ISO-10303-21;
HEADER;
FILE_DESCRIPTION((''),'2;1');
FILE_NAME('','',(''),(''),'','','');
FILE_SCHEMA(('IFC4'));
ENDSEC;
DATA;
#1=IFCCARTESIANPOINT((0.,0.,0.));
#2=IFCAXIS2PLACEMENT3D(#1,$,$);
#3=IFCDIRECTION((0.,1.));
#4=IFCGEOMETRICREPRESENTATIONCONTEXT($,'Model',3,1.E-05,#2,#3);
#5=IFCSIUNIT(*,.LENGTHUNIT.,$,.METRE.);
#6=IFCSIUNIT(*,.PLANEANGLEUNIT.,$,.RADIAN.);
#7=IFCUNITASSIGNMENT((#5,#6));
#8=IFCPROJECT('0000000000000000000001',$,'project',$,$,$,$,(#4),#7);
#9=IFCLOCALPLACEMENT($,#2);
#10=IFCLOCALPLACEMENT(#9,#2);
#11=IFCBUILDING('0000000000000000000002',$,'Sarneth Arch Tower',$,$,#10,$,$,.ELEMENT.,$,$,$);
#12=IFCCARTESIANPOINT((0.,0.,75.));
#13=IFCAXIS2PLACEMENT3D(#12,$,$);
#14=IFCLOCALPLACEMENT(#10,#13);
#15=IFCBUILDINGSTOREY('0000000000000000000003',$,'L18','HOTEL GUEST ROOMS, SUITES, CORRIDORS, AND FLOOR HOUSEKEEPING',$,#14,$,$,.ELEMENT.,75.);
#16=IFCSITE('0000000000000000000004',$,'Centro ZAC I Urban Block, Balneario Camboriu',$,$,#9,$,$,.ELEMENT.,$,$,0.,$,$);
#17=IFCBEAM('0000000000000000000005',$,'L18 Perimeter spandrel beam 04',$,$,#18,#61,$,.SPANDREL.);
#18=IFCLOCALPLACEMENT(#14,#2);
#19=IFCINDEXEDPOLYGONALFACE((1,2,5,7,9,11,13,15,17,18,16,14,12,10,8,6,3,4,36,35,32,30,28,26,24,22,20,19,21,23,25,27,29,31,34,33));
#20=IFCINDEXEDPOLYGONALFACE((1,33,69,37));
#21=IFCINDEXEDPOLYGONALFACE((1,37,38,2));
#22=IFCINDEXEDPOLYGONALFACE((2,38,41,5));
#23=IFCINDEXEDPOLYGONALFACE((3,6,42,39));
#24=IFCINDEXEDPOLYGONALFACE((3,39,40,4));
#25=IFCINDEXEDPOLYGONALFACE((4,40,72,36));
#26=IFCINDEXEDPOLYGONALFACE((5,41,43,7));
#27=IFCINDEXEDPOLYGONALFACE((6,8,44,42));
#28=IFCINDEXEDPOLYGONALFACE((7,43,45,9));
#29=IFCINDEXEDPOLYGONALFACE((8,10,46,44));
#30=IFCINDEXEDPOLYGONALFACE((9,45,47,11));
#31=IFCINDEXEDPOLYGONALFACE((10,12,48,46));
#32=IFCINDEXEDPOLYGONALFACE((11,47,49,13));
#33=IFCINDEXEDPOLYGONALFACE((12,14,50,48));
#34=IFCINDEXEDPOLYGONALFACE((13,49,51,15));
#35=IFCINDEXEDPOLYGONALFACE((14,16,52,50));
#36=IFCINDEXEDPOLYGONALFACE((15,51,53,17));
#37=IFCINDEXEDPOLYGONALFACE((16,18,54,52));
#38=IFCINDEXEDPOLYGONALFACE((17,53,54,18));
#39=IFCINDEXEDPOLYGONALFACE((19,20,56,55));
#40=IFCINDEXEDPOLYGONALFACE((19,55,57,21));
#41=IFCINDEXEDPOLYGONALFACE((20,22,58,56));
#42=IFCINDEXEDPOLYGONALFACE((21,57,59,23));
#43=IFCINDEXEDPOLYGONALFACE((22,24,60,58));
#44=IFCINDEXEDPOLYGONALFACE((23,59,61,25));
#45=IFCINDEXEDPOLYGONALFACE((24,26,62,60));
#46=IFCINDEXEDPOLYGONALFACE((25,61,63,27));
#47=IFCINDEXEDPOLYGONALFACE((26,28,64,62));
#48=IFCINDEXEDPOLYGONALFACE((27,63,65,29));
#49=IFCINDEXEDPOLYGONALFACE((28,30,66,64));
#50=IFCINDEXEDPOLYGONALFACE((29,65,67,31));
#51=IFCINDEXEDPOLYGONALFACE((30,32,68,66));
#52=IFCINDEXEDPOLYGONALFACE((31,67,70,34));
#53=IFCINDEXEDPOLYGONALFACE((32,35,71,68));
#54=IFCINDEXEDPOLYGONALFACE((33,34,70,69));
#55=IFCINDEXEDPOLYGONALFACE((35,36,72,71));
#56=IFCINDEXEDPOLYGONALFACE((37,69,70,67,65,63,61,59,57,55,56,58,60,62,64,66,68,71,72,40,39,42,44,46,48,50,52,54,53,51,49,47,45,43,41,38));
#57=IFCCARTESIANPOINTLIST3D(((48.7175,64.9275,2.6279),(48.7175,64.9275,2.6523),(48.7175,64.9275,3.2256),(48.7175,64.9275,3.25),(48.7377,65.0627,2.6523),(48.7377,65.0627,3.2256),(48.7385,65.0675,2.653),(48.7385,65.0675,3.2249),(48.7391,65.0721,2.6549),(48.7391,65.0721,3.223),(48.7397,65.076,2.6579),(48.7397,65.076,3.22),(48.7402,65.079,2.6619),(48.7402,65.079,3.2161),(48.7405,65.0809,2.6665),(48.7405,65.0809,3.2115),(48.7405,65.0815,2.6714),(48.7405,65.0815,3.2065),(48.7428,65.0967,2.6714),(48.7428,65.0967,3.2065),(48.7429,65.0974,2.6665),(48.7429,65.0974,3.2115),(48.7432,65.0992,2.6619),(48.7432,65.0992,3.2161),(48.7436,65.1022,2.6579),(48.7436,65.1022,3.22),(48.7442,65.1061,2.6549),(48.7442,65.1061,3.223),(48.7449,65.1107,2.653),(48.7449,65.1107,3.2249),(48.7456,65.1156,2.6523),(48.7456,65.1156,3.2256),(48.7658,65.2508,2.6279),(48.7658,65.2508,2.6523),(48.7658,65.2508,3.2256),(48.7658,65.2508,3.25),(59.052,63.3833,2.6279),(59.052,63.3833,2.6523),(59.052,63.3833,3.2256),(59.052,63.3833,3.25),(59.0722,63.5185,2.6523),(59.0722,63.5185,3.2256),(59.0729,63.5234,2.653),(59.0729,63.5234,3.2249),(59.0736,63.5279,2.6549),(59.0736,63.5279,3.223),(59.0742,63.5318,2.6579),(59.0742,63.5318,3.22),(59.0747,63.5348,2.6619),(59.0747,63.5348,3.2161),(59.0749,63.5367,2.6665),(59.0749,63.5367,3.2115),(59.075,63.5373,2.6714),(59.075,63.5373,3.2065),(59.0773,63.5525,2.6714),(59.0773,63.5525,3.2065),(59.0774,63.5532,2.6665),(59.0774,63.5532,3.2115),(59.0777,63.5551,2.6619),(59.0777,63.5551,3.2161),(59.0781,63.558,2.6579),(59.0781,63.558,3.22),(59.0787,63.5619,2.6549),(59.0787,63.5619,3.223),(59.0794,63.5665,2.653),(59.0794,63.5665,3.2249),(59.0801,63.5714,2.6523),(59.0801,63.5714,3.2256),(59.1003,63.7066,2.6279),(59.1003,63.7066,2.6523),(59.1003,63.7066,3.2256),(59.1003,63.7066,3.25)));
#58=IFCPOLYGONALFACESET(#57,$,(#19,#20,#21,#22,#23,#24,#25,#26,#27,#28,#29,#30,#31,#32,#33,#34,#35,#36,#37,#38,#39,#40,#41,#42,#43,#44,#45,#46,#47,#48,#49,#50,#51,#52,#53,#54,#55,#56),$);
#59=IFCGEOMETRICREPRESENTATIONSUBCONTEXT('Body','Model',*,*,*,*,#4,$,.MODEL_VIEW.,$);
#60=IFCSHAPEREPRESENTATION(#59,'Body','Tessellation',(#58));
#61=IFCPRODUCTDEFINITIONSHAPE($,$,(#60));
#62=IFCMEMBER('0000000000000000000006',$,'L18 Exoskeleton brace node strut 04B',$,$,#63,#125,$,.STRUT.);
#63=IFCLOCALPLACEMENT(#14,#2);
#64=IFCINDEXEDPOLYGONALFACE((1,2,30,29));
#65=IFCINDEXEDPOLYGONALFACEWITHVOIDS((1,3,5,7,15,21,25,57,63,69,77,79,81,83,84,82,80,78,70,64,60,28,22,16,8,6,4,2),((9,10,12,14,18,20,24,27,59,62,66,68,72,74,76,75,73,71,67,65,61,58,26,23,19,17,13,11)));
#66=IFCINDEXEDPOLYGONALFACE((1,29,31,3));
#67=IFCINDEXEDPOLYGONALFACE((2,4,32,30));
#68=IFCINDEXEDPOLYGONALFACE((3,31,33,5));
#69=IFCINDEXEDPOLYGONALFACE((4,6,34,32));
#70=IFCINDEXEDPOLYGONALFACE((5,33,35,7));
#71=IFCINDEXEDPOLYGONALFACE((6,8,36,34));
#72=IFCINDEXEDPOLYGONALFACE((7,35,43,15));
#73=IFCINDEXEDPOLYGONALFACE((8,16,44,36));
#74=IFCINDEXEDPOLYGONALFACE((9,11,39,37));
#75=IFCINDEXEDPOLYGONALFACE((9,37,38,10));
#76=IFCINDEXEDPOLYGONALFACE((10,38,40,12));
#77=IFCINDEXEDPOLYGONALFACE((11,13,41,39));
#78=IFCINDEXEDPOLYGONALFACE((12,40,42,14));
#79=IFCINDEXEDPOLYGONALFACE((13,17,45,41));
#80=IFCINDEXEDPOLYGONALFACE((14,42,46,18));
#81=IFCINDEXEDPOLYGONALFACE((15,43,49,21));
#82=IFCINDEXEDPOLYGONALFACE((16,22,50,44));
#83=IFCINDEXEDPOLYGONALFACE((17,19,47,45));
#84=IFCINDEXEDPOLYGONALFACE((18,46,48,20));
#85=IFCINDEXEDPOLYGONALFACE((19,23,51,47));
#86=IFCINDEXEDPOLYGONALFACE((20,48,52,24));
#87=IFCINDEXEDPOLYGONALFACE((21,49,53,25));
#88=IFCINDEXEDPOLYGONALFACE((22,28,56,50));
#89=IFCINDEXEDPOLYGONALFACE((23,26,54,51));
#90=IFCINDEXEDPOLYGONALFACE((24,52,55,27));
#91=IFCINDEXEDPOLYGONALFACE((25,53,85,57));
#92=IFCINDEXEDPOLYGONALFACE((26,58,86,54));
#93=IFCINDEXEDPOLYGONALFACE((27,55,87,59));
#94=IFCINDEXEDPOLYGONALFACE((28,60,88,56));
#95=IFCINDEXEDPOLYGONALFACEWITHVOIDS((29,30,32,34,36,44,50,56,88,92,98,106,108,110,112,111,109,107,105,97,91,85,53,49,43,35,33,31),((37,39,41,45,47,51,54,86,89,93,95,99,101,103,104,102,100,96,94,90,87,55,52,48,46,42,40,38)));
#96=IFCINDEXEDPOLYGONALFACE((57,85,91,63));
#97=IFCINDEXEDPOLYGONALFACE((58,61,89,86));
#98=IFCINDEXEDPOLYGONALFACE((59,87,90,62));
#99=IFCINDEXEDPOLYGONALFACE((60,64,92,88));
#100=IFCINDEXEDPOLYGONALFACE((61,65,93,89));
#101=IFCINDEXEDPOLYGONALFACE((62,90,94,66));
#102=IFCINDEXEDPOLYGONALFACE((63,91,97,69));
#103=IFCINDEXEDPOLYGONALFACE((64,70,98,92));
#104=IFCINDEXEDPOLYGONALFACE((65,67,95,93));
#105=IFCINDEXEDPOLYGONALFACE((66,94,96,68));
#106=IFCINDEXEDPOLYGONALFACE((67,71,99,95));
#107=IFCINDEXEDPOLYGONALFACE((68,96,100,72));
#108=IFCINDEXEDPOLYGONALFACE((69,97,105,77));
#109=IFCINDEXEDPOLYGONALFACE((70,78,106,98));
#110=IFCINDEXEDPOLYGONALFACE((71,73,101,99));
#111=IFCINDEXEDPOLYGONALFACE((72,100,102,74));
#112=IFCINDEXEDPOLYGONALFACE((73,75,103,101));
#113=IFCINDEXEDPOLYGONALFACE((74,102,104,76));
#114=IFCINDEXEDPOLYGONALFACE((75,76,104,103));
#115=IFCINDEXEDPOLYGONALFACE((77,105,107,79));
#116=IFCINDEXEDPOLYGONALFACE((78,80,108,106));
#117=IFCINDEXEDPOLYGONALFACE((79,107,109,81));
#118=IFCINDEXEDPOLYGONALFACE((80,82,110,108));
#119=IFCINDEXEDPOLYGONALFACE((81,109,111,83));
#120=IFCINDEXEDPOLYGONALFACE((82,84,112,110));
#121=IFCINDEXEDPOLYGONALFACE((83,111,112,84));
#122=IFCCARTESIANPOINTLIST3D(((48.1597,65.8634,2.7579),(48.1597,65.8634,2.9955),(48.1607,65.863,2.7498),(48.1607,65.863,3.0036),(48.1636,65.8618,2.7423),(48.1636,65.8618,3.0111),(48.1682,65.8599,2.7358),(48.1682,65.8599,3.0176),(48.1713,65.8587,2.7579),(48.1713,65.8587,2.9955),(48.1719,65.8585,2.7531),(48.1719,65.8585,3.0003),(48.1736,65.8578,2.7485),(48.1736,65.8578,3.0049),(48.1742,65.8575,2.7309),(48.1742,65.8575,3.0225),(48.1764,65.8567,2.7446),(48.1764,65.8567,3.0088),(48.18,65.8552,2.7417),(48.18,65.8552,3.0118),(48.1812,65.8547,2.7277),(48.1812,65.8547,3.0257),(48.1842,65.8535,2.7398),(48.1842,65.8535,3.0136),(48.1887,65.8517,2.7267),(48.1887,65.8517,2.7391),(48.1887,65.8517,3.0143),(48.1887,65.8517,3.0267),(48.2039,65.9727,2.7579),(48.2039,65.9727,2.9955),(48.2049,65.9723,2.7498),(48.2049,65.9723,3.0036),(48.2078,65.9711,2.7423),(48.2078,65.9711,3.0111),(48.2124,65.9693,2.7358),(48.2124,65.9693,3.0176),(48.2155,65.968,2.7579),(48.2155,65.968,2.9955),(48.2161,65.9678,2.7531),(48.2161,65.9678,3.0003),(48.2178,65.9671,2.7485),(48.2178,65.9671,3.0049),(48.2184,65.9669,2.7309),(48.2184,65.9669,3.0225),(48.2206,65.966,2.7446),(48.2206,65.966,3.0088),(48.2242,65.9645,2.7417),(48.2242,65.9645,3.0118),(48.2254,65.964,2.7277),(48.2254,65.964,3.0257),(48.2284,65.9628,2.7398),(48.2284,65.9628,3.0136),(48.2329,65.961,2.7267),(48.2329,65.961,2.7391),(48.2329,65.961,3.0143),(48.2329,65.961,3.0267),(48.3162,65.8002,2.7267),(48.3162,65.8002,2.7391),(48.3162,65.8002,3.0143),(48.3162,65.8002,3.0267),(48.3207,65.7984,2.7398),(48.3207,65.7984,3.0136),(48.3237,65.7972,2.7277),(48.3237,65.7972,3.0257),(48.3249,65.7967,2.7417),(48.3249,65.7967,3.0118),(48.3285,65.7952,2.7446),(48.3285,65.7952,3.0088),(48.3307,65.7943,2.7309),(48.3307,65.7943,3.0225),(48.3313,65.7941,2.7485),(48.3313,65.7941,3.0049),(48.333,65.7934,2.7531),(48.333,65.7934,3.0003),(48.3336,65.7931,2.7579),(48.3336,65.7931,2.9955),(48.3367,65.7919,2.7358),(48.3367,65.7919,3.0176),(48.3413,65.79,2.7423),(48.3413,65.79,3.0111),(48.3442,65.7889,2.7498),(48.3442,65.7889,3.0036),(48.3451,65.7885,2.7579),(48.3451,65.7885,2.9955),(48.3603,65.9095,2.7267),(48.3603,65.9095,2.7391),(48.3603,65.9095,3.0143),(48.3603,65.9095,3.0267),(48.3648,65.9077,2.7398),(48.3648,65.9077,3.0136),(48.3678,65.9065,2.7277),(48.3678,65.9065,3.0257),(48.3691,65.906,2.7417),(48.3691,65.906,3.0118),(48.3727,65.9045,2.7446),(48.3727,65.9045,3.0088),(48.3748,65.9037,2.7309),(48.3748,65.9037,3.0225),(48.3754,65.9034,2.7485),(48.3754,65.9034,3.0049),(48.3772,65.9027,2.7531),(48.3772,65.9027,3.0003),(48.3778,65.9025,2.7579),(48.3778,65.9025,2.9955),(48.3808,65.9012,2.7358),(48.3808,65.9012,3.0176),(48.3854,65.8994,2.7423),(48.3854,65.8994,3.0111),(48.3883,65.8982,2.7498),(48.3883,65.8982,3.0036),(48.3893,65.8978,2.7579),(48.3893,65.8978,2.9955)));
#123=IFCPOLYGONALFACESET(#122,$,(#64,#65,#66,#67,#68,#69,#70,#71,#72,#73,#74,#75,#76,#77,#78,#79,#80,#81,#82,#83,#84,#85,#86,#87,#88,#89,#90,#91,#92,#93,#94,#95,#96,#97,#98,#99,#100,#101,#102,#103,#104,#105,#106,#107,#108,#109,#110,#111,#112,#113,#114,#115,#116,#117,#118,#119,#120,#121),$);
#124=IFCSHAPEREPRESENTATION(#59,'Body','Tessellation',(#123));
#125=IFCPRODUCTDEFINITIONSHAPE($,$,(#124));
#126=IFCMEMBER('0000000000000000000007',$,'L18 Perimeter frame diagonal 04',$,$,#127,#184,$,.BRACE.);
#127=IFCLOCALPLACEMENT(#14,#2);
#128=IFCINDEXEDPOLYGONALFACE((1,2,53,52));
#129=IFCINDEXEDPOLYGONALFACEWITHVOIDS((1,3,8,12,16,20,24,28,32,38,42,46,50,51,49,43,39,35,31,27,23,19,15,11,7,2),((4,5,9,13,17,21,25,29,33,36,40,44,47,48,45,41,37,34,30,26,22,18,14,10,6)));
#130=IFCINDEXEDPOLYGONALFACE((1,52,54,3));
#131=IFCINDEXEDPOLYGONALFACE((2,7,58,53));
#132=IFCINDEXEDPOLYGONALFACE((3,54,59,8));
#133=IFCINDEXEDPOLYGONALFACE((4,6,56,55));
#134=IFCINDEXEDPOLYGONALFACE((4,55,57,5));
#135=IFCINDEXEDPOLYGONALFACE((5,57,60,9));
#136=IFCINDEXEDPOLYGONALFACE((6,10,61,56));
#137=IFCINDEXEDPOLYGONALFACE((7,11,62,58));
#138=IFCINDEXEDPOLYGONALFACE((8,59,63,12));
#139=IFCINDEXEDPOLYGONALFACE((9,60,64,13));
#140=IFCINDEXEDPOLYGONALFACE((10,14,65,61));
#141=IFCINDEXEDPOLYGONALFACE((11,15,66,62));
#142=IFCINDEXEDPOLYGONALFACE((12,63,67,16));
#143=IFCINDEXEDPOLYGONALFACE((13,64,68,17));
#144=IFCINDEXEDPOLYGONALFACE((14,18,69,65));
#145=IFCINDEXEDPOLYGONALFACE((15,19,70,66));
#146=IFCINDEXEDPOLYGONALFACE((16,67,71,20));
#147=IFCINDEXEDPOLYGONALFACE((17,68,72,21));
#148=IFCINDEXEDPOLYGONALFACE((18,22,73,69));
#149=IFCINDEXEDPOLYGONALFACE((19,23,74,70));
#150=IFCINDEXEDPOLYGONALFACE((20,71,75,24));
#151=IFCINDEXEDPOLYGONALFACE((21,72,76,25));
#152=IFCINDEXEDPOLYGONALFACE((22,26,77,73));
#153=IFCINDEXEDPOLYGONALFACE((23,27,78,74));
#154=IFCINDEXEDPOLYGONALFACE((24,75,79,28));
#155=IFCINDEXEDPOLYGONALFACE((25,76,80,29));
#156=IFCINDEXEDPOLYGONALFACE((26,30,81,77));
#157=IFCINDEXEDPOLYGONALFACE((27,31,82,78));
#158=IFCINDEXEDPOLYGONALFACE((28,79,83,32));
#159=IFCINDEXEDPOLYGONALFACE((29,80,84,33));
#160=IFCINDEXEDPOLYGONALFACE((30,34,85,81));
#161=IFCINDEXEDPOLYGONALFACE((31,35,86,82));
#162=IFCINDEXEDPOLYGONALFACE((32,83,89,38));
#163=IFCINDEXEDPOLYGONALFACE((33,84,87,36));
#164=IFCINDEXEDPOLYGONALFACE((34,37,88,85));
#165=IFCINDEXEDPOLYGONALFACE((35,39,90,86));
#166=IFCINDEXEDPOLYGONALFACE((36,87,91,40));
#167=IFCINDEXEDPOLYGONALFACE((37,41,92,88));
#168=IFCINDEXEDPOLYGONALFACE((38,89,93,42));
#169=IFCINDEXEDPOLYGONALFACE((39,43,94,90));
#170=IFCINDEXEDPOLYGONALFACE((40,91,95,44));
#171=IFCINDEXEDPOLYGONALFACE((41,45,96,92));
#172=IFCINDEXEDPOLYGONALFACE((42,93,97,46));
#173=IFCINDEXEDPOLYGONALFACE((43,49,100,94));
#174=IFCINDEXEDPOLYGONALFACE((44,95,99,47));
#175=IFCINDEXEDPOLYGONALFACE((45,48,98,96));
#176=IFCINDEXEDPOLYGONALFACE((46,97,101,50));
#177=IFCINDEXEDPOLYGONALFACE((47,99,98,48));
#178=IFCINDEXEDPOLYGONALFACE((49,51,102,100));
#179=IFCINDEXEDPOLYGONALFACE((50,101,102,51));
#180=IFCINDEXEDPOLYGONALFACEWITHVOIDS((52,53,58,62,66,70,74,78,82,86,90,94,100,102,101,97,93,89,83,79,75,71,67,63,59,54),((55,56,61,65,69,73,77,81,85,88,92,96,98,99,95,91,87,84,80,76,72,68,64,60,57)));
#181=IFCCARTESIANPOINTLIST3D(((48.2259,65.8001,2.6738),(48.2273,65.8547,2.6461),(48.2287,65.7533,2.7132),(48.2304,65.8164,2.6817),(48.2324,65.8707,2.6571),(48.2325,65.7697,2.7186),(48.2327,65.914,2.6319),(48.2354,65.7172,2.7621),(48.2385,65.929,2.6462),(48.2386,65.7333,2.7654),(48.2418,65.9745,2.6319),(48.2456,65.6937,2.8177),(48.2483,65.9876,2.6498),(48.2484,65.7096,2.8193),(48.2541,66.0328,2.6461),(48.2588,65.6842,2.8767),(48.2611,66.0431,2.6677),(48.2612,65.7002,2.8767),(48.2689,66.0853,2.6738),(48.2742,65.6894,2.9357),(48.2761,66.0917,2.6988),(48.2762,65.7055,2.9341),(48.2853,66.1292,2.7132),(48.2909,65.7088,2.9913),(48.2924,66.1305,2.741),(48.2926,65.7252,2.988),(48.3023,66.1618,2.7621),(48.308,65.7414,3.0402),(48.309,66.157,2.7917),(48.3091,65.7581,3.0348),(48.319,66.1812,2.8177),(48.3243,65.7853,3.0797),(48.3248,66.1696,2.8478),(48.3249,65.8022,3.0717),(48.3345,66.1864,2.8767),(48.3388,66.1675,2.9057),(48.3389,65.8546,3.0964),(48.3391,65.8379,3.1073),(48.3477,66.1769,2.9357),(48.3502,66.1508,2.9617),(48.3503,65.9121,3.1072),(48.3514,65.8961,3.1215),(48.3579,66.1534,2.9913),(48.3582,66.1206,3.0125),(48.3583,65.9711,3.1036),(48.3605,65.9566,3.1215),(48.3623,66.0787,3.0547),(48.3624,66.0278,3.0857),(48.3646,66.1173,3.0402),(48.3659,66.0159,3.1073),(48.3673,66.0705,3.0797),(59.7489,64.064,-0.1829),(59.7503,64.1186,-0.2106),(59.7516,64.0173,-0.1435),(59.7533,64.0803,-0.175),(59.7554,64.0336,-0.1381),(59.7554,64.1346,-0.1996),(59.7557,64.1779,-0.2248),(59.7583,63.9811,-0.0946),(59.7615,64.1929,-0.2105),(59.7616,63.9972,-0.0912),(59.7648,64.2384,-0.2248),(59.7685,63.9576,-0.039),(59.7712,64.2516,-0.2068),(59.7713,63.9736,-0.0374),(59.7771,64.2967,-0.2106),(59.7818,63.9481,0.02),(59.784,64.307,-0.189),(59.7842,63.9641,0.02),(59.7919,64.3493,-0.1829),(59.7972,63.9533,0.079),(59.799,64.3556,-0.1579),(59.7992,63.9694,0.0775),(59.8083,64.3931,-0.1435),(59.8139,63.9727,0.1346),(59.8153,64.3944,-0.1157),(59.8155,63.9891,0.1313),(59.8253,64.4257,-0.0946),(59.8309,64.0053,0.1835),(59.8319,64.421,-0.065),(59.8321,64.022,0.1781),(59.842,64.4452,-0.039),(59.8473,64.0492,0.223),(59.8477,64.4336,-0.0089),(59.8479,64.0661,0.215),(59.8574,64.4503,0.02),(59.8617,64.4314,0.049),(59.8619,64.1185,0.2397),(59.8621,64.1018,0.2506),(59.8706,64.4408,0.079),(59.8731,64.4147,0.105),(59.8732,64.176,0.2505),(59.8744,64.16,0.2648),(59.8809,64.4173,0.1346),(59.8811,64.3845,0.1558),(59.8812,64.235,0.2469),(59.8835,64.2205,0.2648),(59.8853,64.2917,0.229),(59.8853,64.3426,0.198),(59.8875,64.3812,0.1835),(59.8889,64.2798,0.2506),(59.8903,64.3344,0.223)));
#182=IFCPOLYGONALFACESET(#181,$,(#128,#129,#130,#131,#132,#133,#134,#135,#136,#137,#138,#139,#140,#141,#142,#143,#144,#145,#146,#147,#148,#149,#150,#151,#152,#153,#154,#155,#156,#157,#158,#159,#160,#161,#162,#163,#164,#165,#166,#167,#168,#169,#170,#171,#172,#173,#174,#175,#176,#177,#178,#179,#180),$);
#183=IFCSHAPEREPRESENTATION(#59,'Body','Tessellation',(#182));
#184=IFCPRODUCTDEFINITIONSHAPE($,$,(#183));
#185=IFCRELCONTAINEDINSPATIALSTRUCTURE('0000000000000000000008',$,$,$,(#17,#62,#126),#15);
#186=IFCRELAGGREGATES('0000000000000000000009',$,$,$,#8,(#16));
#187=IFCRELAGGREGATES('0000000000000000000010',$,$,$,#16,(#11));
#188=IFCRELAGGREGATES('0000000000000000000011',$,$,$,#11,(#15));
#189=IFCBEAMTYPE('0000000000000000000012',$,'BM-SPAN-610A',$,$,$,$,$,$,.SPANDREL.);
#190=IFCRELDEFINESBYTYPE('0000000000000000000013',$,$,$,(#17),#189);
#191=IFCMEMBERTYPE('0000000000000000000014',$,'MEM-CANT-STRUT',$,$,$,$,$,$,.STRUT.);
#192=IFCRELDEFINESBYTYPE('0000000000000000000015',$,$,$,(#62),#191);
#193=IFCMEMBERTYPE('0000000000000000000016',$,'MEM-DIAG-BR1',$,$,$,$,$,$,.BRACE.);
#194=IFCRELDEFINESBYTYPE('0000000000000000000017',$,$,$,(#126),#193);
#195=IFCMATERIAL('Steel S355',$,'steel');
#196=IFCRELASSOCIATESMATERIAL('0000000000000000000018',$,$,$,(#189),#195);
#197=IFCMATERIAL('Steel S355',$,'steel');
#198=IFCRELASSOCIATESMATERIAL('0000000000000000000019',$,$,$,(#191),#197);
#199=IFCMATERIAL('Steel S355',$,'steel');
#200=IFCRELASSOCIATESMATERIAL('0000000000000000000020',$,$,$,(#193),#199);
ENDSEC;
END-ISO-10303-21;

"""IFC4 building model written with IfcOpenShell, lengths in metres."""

from ifc_helpers import new_model, si_unit, direction, frame, origin, origin_2d, place, context, subcontext, project, spatial, hollow_rectangle, hollow_circle, i_section, extrude, material, material_profile, profile_set, type_object, element, save


model = new_model("IFC4")

# Units and contexts
model_context = context("Model", 3, precision=1e-05, world=origin(), true_north=direction((0.0, 1.0)))
body_context = subcontext(model_context, "Body", "Model", "MODEL_VIEW")
ifc_project = project(units=[si_unit("LENGTHUNIT", "METRE"), si_unit("PLANEANGLEUNIT", "RADIAN")], contexts=[model_context])

# Site, building, storey
site_placement = place(None, origin())
site = spatial("IfcSite", under=ifc_project, at=site_placement, Name="Centro ZAC I Urban Block, Balneario Camboriu", CompositionType="ELEMENT", RefElevation=0.0)
building_placement = place(site_placement, origin())
building = spatial("IfcBuilding", under=site, at=building_placement, Name="Sarneth Arch Tower", CompositionType="ELEMENT")
storey_placement = place(building_placement, frame((0.0, 0.0, 75.0)))
storey = spatial("IfcBuildingStorey", under=building, at=storey_placement, Name="L18", Description="HOTEL GUEST ROOMS, SUITES, CORRIDORS, AND FLOOR HOUSEKEEPING", CompositionType="ELEMENT", Elevation=75.0)

# Beam
ifc_material_1 = material(Name="Steel S355", Category="steel")
ifc_material_profile_1 = material_profile(ifc_material_1, i_section(OverallWidth=0.3269, OverallDepth=0.6221, WebThickness=0.0154, FlangeThickness=0.0244, FilletRadius=0.019, at=origin_2d()), Name="W610x195")
ifc_profile_set_1 = profile_set([ifc_material_profile_1], Name="Steel S355")
beam_type_1 = type_object("IfcBeamType", Name="BM-SPAN-610A", PredefinedType="SPANDREL", material=ifc_profile_set_1)
beam_1_placement = place(storey_placement, frame((59.0762, 63.5449, 2.939), z_axis=(-0.98902, 0.147781, 0.0), x_axis=(-0.147781, -0.98902, 0.0)))
element("IfcBeam", 1, at=beam_1_placement, inside=storey, type_object=beam_type_1, Name="L18 Perimeter spandrel beam 04", PredefinedType="SPANDREL", context=body_context, shape_type="SweptSolid", body=[
    extrude(i_section(OverallWidth=0.3269, OverallDepth=0.6221, WebThickness=0.0154, FlangeThickness=0.0244, FilletRadius=0.019, at=origin_2d()), origin(), (0.0, 0.0, 1.0), 10.4492),
])

# Members
ifc_material_2 = material(Name="Steel S355", Category="steel")
ifc_material_profile_2 = material_profile(ifc_material_2, hollow_rectangle(XDim=0.2, YDim=0.3, WallThickness=0.0125, InnerFilletRadius=0.0188, OuterFilletRadius=0.0312, at=origin_2d()), Name="RHS300x200x12.5")
ifc_profile_set_2 = profile_set([ifc_material_profile_2], Name="Steel S355")
member_type_1 = type_object("IfcMemberType", Name="MEM-CANT-STRUT", PredefinedType="STRUT", material=ifc_profile_set_2)
member_1_placement = place(storey_placement, frame((48.2524, 65.8259, 2.8767), z_axis=(0.3746, 0.927187, 0.0), x_axis=(-0.927187, 0.3746, 0.0)))
element("IfcMember", 2, at=member_1_placement, inside=storey, type_object=member_type_1, Name="L18 Exoskeleton brace node strut 04B", PredefinedType="STRUT", context=body_context, shape_type="SweptSolid", body=[
    extrude(hollow_rectangle(XDim=0.2, YDim=0.3, WallThickness=0.0125, InnerFilletRadius=0.0188, OuterFilletRadius=0.0312, at=origin_2d()), origin(), (0.0, 0.0, 1.0), 0.1179),
])
ifc_material_3 = material(Name="Steel S355", Category="steel")
ifc_material_profile_3 = material_profile(ifc_material_3, hollow_circle(Radius=0.2539, WallThickness=0.0161, at=origin_2d()), Name="CHS508x16")
ifc_profile_set_3 = profile_set([ifc_material_profile_3], Name="Steel S355")
member_type_2 = type_object("IfcMemberType", Name="MEM-DIAG-BR1", PredefinedType="BRACE", material=ifc_profile_set_3)
member_2_placement = place(storey_placement, frame((59.8196, 64.1992, 0.02), z_axis=(-0.960402, 0.144697, 0.238096), x_axis=(-0.148982, -0.98884, 0.0)))
element("IfcMember", 3, at=member_2_placement, inside=storey, type_object=member_type_2, Name="L18 Perimeter frame diagonal 04", PredefinedType="BRACE", context=body_context, shape_type="SweptSolid", body=[
    extrude(hollow_circle(Radius=0.2539, WallThickness=0.0161, at=origin_2d()), origin(), (0.0, 0.0, 1.0), 11.998),
])

save(model, "model.ifc")
